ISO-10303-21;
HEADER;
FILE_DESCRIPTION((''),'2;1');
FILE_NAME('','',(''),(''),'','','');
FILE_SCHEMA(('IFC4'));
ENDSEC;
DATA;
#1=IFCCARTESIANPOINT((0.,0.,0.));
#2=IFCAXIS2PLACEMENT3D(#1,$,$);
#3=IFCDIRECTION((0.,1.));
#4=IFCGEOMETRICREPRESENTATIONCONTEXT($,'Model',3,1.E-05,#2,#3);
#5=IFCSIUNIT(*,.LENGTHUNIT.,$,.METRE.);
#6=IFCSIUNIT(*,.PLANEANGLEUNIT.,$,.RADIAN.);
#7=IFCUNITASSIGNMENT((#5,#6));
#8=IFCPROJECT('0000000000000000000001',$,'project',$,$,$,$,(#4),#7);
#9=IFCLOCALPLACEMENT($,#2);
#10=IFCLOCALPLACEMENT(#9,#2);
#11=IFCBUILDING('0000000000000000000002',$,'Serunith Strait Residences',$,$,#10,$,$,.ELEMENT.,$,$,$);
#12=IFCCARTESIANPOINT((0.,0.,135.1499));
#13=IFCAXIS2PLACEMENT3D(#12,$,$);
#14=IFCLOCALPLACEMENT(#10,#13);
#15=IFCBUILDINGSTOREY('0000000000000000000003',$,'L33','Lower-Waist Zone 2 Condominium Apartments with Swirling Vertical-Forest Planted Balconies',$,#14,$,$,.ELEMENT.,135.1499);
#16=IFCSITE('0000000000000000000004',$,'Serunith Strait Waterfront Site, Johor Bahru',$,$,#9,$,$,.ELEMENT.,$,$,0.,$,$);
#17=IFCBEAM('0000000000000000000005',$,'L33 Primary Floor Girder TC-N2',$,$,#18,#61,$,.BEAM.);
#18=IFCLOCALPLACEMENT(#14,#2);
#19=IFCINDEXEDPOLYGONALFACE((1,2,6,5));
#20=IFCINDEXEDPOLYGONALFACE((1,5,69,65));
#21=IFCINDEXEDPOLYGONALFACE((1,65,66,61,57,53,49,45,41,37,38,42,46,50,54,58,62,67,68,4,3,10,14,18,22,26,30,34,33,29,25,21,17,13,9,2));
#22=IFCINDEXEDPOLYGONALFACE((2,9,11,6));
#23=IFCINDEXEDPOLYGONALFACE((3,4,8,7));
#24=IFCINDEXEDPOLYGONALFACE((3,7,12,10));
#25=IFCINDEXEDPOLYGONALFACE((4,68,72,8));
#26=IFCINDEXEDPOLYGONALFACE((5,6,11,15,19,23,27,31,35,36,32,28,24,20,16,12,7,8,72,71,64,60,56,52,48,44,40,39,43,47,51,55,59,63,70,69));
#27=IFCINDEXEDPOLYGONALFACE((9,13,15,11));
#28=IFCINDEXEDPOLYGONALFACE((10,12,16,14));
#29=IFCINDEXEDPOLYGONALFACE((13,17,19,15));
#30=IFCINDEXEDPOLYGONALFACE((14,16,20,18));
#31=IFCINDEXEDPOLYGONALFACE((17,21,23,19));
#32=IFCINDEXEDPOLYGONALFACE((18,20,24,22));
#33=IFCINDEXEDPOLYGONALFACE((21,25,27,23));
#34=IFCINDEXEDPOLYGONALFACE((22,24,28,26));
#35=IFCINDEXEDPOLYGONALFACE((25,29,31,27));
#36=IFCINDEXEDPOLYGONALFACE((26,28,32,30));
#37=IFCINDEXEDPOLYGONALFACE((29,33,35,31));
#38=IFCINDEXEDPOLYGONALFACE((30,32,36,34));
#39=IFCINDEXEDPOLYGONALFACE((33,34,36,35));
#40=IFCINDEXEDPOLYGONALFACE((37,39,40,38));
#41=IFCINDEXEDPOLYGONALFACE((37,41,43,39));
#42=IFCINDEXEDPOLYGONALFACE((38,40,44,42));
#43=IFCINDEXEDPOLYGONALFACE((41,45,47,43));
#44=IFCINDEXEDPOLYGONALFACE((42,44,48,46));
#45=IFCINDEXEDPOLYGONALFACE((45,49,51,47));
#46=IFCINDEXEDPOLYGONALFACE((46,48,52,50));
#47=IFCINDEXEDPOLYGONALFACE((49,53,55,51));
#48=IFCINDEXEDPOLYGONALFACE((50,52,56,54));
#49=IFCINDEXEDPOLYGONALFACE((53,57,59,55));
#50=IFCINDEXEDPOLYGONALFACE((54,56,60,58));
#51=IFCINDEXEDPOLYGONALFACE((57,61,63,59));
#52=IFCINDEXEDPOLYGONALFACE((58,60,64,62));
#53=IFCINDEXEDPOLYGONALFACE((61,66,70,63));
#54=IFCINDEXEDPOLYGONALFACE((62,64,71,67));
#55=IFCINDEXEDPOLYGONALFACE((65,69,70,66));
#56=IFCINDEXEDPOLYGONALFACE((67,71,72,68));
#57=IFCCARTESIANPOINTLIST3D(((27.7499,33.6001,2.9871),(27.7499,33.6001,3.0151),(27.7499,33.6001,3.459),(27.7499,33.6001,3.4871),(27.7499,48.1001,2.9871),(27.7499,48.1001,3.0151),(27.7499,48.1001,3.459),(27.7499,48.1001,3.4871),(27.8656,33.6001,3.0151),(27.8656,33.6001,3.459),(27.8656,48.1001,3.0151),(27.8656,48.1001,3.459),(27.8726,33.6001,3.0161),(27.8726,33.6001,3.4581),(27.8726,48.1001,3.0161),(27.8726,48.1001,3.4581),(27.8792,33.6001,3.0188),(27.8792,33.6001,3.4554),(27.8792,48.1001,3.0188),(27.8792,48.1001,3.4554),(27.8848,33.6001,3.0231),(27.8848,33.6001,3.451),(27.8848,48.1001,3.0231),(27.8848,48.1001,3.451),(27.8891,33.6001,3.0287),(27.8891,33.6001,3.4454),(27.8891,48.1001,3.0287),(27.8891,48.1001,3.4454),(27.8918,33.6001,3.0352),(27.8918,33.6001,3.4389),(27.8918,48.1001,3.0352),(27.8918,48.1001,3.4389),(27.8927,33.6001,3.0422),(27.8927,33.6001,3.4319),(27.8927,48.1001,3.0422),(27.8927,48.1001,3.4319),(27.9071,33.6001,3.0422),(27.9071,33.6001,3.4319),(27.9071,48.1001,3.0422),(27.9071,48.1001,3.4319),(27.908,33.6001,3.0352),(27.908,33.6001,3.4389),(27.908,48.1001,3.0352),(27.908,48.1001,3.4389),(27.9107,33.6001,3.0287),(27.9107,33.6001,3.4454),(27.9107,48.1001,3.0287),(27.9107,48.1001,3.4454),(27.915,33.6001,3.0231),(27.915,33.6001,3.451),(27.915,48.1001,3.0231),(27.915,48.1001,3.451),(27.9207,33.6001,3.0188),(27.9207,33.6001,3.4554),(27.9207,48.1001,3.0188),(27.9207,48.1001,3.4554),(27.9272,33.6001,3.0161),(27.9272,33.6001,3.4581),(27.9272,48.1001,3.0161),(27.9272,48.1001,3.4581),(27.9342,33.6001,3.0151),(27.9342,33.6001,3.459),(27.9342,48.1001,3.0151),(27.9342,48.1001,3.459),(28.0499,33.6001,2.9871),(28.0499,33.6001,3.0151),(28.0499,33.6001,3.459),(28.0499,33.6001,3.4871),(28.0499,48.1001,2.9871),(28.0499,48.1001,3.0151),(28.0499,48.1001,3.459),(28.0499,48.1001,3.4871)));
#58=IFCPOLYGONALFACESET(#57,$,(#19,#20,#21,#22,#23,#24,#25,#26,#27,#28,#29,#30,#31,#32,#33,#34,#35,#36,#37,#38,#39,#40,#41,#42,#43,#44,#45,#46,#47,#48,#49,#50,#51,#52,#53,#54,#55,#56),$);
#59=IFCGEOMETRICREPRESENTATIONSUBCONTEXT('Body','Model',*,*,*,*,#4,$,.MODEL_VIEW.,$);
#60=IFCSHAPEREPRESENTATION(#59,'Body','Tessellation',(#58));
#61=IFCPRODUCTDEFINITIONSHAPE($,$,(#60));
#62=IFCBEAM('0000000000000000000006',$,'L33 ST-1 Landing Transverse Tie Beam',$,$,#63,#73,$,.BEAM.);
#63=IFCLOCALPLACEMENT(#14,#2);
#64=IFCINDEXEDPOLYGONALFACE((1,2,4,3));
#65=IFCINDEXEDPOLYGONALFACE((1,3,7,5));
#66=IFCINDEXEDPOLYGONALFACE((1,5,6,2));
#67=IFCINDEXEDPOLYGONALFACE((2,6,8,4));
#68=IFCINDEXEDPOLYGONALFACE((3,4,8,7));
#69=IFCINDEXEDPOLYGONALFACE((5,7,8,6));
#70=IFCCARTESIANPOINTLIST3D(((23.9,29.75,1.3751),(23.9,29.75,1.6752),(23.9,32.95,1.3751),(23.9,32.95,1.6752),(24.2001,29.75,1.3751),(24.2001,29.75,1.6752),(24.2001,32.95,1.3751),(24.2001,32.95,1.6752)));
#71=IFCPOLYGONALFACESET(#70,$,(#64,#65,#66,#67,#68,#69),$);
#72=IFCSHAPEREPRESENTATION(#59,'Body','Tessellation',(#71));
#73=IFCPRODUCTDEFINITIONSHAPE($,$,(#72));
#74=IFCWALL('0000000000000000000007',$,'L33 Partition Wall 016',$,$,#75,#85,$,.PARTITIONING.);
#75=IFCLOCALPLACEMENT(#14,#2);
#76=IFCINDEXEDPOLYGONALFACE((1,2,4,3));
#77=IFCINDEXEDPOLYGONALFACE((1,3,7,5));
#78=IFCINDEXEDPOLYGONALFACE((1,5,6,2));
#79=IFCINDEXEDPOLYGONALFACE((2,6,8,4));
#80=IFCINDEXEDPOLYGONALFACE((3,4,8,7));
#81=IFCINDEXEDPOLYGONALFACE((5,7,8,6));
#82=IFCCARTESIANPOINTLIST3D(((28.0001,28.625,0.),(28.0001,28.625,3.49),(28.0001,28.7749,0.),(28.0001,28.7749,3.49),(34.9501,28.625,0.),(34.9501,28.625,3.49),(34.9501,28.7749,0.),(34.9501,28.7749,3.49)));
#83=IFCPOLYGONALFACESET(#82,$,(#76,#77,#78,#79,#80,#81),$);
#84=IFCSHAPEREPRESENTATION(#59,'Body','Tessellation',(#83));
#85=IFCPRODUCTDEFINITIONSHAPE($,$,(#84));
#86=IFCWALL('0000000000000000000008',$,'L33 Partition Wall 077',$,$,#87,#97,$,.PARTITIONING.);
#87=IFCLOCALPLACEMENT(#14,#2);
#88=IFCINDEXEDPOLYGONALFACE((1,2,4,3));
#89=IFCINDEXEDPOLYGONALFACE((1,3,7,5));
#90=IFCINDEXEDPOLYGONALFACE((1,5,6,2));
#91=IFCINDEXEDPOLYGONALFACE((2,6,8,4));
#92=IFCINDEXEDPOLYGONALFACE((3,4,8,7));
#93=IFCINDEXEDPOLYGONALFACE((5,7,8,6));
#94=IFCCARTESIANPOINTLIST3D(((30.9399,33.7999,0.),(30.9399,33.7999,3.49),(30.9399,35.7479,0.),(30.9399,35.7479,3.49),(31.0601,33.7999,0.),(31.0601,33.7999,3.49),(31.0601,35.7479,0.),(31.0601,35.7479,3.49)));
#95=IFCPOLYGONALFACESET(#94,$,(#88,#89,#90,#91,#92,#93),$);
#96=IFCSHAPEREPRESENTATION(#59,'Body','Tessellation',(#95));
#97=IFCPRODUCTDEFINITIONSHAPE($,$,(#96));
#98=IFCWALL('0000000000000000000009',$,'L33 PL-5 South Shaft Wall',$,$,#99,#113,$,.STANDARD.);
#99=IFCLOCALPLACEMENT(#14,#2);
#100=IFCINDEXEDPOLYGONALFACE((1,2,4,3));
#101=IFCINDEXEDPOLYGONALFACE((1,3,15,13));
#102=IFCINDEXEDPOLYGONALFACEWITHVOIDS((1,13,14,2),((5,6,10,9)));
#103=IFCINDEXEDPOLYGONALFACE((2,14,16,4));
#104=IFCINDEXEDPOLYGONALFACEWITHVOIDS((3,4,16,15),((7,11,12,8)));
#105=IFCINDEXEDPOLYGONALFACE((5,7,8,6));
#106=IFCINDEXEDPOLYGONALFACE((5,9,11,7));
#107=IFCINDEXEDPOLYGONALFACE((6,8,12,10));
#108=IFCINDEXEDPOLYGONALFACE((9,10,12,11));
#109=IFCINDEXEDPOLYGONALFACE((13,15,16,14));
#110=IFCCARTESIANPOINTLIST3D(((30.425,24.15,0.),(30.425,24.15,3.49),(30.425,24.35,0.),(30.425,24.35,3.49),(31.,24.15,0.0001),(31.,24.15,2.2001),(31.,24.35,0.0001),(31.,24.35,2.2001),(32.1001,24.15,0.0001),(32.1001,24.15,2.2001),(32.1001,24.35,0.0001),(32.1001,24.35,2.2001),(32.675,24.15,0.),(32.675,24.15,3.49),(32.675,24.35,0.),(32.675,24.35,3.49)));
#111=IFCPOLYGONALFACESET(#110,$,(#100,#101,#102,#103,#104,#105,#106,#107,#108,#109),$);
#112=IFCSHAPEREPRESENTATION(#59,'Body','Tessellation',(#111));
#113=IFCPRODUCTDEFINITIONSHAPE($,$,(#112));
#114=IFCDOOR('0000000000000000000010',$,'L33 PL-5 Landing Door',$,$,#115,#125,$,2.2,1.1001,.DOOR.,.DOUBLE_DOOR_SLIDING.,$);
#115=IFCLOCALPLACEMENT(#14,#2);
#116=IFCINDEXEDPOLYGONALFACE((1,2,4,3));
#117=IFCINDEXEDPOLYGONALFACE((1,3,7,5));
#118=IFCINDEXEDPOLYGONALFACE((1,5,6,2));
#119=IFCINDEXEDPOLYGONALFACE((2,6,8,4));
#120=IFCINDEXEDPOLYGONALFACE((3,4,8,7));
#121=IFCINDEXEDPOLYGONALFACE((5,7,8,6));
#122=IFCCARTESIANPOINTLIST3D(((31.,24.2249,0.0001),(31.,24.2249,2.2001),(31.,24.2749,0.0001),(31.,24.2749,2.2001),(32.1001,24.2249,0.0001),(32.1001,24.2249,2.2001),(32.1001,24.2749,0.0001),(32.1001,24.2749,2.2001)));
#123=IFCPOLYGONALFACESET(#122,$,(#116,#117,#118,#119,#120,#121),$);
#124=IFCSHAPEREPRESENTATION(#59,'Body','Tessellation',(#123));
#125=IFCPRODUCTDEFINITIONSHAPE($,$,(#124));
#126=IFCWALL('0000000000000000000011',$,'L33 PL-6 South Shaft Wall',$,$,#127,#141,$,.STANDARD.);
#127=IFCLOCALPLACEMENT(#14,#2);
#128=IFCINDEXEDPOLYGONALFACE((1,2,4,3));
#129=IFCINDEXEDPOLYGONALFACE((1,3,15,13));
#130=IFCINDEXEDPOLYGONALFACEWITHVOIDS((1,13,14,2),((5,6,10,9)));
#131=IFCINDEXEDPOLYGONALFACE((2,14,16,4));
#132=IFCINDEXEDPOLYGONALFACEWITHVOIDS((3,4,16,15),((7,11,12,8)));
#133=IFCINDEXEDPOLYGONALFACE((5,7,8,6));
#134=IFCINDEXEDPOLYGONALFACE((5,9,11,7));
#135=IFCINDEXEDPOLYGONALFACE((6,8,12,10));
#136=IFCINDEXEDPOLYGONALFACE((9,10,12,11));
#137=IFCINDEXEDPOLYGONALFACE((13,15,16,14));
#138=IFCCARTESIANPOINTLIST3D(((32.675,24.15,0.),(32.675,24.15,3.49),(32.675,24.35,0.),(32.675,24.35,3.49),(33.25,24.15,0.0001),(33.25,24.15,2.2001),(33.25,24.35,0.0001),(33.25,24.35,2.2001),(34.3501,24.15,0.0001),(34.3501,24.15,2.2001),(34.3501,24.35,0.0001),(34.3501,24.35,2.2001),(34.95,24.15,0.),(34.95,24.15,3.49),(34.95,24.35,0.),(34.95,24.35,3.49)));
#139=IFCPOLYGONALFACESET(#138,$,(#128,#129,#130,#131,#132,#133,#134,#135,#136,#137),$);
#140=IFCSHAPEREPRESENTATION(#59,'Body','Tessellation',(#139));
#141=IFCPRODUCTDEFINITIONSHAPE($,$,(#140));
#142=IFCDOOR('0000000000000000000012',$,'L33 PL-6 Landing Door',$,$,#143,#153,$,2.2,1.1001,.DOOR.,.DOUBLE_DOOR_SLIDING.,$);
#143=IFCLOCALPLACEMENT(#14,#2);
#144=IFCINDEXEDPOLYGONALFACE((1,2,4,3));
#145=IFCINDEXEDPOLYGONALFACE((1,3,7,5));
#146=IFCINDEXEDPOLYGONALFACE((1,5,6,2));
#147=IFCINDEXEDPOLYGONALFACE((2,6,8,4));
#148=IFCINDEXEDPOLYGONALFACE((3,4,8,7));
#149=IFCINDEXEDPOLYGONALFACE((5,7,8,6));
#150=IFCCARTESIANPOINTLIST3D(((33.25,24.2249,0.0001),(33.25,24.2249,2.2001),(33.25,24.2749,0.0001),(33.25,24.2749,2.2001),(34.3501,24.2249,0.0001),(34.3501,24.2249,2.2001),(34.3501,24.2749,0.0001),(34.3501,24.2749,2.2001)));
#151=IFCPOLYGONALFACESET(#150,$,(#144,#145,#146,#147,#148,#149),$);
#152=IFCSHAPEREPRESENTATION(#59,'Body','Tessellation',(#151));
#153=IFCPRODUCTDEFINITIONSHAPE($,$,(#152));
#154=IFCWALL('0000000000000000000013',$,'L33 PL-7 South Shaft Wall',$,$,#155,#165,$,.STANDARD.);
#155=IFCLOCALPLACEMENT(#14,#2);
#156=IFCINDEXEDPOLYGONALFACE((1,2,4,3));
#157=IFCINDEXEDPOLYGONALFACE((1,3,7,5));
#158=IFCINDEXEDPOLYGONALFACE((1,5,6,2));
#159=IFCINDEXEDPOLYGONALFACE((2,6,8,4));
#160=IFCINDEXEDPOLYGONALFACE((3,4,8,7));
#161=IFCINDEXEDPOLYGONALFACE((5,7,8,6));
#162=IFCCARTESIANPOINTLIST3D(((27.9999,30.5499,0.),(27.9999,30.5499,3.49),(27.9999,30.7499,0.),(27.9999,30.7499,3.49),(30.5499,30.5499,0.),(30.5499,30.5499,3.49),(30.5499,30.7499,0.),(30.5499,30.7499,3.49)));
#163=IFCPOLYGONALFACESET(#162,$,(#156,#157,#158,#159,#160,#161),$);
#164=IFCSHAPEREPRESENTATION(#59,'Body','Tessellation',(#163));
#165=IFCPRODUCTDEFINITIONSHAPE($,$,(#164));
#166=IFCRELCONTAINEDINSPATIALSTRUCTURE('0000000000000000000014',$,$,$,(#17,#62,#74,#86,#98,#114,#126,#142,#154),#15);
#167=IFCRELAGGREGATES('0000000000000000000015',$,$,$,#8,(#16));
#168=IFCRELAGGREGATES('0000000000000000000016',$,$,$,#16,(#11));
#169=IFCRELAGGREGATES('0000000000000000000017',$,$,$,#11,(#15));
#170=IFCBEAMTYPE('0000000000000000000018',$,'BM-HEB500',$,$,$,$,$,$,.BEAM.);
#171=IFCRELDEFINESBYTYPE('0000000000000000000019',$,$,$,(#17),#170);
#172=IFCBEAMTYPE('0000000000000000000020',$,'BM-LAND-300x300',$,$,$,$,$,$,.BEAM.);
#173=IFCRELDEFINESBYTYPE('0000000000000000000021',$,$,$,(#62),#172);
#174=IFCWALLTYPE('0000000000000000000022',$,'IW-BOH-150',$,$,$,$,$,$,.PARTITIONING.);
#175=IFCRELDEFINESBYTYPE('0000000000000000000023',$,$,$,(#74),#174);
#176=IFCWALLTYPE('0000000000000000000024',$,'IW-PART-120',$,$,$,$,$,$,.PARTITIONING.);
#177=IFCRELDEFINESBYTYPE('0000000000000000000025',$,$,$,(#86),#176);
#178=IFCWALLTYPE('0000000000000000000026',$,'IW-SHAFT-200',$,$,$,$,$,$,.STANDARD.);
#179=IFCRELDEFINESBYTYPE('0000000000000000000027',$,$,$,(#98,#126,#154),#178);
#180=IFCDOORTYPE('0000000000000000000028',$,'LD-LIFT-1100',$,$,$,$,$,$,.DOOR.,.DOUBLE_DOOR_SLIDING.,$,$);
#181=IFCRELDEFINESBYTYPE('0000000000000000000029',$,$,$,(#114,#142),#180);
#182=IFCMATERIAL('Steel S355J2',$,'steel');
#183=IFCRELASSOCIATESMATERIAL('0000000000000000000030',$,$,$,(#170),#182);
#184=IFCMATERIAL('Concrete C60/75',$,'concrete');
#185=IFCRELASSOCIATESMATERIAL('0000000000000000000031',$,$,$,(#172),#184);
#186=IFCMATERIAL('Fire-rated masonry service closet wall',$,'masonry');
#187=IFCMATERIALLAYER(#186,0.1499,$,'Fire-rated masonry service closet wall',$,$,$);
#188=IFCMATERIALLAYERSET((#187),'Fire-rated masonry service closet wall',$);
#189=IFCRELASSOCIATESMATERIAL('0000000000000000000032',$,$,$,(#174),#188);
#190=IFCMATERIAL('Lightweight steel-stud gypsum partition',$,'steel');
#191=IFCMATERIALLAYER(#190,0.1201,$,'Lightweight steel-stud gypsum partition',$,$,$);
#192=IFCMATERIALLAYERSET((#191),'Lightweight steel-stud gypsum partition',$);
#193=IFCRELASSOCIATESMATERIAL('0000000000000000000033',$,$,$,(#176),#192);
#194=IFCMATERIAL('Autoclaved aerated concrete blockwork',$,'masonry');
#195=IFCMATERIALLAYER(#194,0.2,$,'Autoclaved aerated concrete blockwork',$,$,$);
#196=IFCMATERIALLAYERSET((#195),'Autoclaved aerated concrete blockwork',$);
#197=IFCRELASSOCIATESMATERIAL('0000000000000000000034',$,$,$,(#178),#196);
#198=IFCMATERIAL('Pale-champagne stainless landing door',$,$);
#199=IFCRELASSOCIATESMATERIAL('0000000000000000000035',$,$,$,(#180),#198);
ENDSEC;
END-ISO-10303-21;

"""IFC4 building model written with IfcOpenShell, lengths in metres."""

from ifc_helpers import new_model, si_unit, direction, frame, frame_2d, origin, origin_2d, place, context, subcontext, project, spatial, rectangle, i_section, extrude, source, transform, mapped, material, layer, layer_set, material_profile, profile_set, type_object, element, fill, save


model = new_model("IFC4")

# Units and contexts
model_context = context("Model", 3, precision=1e-05, world=origin(), true_north=direction((0.0, 1.0)))
body_context = subcontext(model_context, "Body", "Model", "MODEL_VIEW")
ifc_project = project(units=[si_unit("LENGTHUNIT", "METRE"), si_unit("PLANEANGLEUNIT", "RADIAN")], contexts=[model_context])

# Site, building, storey
site_placement = place(None, origin())
site = spatial("IfcSite", under=ifc_project, at=site_placement, Name="Serunith Strait Waterfront Site, Johor Bahru", CompositionType="ELEMENT", RefElevation=0.0)
building_placement = place(site_placement, origin())
building = spatial("IfcBuilding", under=site, at=building_placement, Name="Serunith Strait Residences", CompositionType="ELEMENT")
storey_placement = place(building_placement, frame((0.0, 0.0, 135.1499)))
storey = spatial("IfcBuildingStorey", under=building, at=storey_placement, Name="L33", Description="Lower-Waist Zone 2 Condominium Apartments with Swirling Vertical-Forest Planted Balconies", CompositionType="ELEMENT", Elevation=135.1499)

# Beams
ifc_material_1 = material(Name="Steel S355J2", Category="steel")
ifc_material_profile_1 = material_profile(ifc_material_1, i_section(OverallWidth=0.3, OverallDepth=0.5, WebThickness=0.0144, FlangeThickness=0.0281, FilletRadius=0.0271, at=origin_2d()), Name="HEB 500")
ifc_profile_set_1 = profile_set([ifc_material_profile_1], Name="Steel S355J2")
beam_type_1 = type_object("IfcBeamType", Name="BM-HEB500", PredefinedType="BEAM", material=ifc_profile_set_1)
shared_shape_1 = source(origin(), body_context, "Body", "SweptSolid", [
    extrude(i_section(OverallWidth=0.3, OverallDepth=0.5, WebThickness=0.0144, FlangeThickness=0.0281, FilletRadius=0.0271, at=origin_2d()), origin(), (0.0, 0.0, 1.0), 14.5),
])
beam_1_placement = place(storey_placement, frame((27.8999, 33.6001, 3.2371), z_axis=(0.0, 1.0, 0.0), x_axis=(-1.0, 0.0, 0.0)))
element("IfcBeam", 1, at=beam_1_placement, inside=storey, type_object=beam_type_1, Name="L33 Primary Floor Girder TC-N2", PredefinedType="BEAM", context=body_context, shape_type="MappedRepresentation", body=[
    mapped(shared_shape_1, transform((0.0, 0.0, 0.0), scale=1.0)),
])
ifc_material_2 = material(Name="Concrete C60/75", Category="concrete")
ifc_material_profile_2 = material_profile(ifc_material_2, rectangle(XDim=0.3, YDim=0.3, at=origin_2d()), Name="RC 300x300")
ifc_profile_set_2 = profile_set([ifc_material_profile_2], Name="Concrete C60/75")
beam_type_2 = type_object("IfcBeamType", Name="BM-LAND-300x300", PredefinedType="BEAM", material=ifc_profile_set_2)
shared_shape_2 = source(origin(), body_context, "Body", "SweptSolid", [
    extrude(rectangle(XDim=0.3, YDim=0.3, at=origin_2d()), origin(), (0.0, 0.0, 1.0), 3.2),
])
beam_2_placement = place(storey_placement, frame((24.05, 29.75, 1.5251), z_axis=(0.0, 1.0, 0.0), x_axis=(-1.0, 0.0, 0.0)))
element("IfcBeam", 2, at=beam_2_placement, inside=storey, type_object=beam_type_2, Name="L33 ST-1 Landing Transverse Tie Beam", PredefinedType="BEAM", context=body_context, shape_type="MappedRepresentation", body=[
    mapped(shared_shape_2, transform((0.0, 0.0, 0.0), scale=1.0)),
])

# Walls
ifc_material_3 = material(Name="Fire-rated masonry service closet wall", Category="masonry")
ifc_layer_1 = layer(ifc_material_3, 0.1499, Name="Fire-rated masonry service closet wall")
ifc_layer_set_1 = layer_set([ifc_layer_1], Name="Fire-rated masonry service closet wall")
wall_type_1 = type_object("IfcWallType", Name="IW-BOH-150", PredefinedType="PARTITIONING", material=ifc_layer_set_1)
wall_1_placement = place(storey_placement, frame((28.0, 28.7, 0.0), z_axis=(0.0, 0.0, 1.0), x_axis=(1.0, 0.0, 0.0)))
element("IfcWall", 3, at=wall_1_placement, inside=storey, type_object=wall_type_1, Name="L33 Partition Wall 016", PredefinedType="PARTITIONING", context=body_context, shape_type="SweptSolid", body=[
    extrude(rectangle(XDim=6.95, YDim=0.1499, at=frame_2d((3.4751, 0.0))), origin(), (0.0, 0.0, 1.0), 3.49),
])
ifc_material_4 = material(Name="Lightweight steel-stud gypsum partition", Category="steel")
ifc_layer_2 = layer(ifc_material_4, 0.1201, Name="Lightweight steel-stud gypsum partition")
ifc_layer_set_2 = layer_set([ifc_layer_2], Name="Lightweight steel-stud gypsum partition")
wall_type_2 = type_object("IfcWallType", Name="IW-PART-120", PredefinedType="PARTITIONING", material=ifc_layer_set_2)
wall_2_placement = place(storey_placement, frame((31.0, 35.748, 0.0), z_axis=(0.0, 0.0, 1.0), x_axis=(0.0, -1.0, 0.0)))
element("IfcWall", 4, at=wall_2_placement, inside=storey, type_object=wall_type_2, Name="L33 Partition Wall 077", PredefinedType="PARTITIONING", context=body_context, shape_type="SweptSolid", body=[
    extrude(rectangle(XDim=1.948, YDim=0.1201, at=frame_2d((0.9741, 0.0))), origin(), (0.0, 0.0, 1.0), 3.49),
])

# Walls, openings, doors
ifc_material_5 = material(Name="Autoclaved aerated concrete blockwork", Category="masonry")
ifc_layer_3 = layer(ifc_material_5, 0.2, Name="Autoclaved aerated concrete blockwork")
ifc_layer_set_3 = layer_set([ifc_layer_3], Name="Autoclaved aerated concrete blockwork")
wall_type_3 = type_object("IfcWallType", Name="IW-SHAFT-200", PredefinedType="STANDARD", material=ifc_layer_set_3)
wall_3_placement = place(storey_placement, frame((30.425, 24.25, 0.0), z_axis=(0.0, 0.0, 1.0), x_axis=(1.0, 0.0, 0.0)))
wall_3 = element("IfcWall", 5, at=wall_3_placement, inside=storey, type_object=wall_type_3, Name="L33 PL-5 South Shaft Wall", PredefinedType="STANDARD", context=body_context, shape_type="SweptSolid", body=[
    extrude(rectangle(XDim=2.25, YDim=0.2, at=frame_2d((1.125, 0.0))), origin(), (0.0, 0.0, 1.0), 3.49),
])
opening_1_placement = place(wall_3_placement, frame((0.575, 0.0, 0.0)))
opening_1 = element("IfcOpeningElement", 6, at=opening_1_placement, cuts=wall_3, PredefinedType="OPENING", context=body_context, shape_type="SweptSolid", body=[
    extrude(rectangle(XDim=1.1001, YDim=2.2, at=frame_2d((0.55, 1.1001))), frame((0.0, 0.1099, 0.0), z_axis=(0.0, -1.0, 0.0), x_axis=(1.0, 0.0, 0.0)), (0.0, 0.0, 1.0), 0.22),
])
ifc_material_6 = material(Name="Pale-champagne stainless landing door")
door_type = type_object("IfcDoorType", Name="LD-LIFT-1100", OperationType="DOUBLE_DOOR_SLIDING", PredefinedType="DOOR", material=ifc_material_6)
shared_shape_3 = source(origin(), body_context, "Body", "SweptSolid", [
    extrude(rectangle(XDim=1.1001, YDim=2.2, at=frame_2d((0.55, 1.1001))), frame((0.0, 0.0249, 0.0), z_axis=(0.0, -1.0, 0.0), x_axis=(1.0, 0.0, 0.0)), (0.0, 0.0, 1.0), 0.05),
])
door_1_placement = place(opening_1_placement, origin())
door_1 = element("IfcDoor", 7, at=door_1_placement, inside=storey, type_object=door_type, Name="L33 PL-5 Landing Door", OperationType="DOUBLE_DOOR_SLIDING", OverallHeight=2.2, OverallWidth=1.1001, PredefinedType="DOOR", context=body_context, shape_type="MappedRepresentation", body=[
    mapped(shared_shape_3, transform((0.0, 0.0, 0.0), scale=1.0)),
])
fill(opening_1, door_1)
wall_4_placement = place(storey_placement, frame((32.675, 24.25, 0.0), z_axis=(0.0, 0.0, 1.0), x_axis=(1.0, 0.0, 0.0)))
wall_4 = element("IfcWall", 8, at=wall_4_placement, inside=storey, type_object=wall_type_3, Name="L33 PL-6 South Shaft Wall", PredefinedType="STANDARD", context=body_context, shape_type="SweptSolid", body=[
    extrude(rectangle(XDim=2.2749, YDim=0.2, at=frame_2d((1.1375, 0.0))), origin(), (0.0, 0.0, 1.0), 3.49),
])
opening_2_placement = place(wall_4_placement, frame((0.575, 0.0, 0.0)))
opening_2 = element("IfcOpeningElement", 9, at=opening_2_placement, cuts=wall_4, PredefinedType="OPENING", context=body_context, shape_type="SweptSolid", body=[
    extrude(rectangle(XDim=1.1001, YDim=2.2, at=frame_2d((0.55, 1.1001))), frame((0.0, 0.1099, 0.0), z_axis=(0.0, -1.0, 0.0), x_axis=(1.0, 0.0, 0.0)), (0.0, 0.0, 1.0), 0.22),
])
door_2_placement = place(opening_2_placement, origin())
door_2 = element("IfcDoor", 10, at=door_2_placement, inside=storey, type_object=door_type, Name="L33 PL-6 Landing Door", OperationType="DOUBLE_DOOR_SLIDING", OverallHeight=2.2, OverallWidth=1.1001, PredefinedType="DOOR", context=body_context, shape_type="MappedRepresentation", body=[
    mapped(shared_shape_3, transform((0.0, 0.0, 0.0), scale=1.0)),
])
fill(opening_2, door_2)

# Wall
wall_5_placement = place(storey_placement, frame((28.0, 30.6499, 0.0), z_axis=(0.0, 0.0, 1.0), x_axis=(1.0, 0.0, 0.0)))
element("IfcWall", 11, at=wall_5_placement, inside=storey, type_object=wall_type_3, Name="L33 PL-7 South Shaft Wall", PredefinedType="STANDARD", context=body_context, shape_type="SweptSolid", body=[
    extrude(rectangle(XDim=2.55, YDim=0.2, at=frame_2d((1.2749, 0.0))), origin(), (0.0, 0.0, 1.0), 3.49),
])

save(model, "model.ifc")
